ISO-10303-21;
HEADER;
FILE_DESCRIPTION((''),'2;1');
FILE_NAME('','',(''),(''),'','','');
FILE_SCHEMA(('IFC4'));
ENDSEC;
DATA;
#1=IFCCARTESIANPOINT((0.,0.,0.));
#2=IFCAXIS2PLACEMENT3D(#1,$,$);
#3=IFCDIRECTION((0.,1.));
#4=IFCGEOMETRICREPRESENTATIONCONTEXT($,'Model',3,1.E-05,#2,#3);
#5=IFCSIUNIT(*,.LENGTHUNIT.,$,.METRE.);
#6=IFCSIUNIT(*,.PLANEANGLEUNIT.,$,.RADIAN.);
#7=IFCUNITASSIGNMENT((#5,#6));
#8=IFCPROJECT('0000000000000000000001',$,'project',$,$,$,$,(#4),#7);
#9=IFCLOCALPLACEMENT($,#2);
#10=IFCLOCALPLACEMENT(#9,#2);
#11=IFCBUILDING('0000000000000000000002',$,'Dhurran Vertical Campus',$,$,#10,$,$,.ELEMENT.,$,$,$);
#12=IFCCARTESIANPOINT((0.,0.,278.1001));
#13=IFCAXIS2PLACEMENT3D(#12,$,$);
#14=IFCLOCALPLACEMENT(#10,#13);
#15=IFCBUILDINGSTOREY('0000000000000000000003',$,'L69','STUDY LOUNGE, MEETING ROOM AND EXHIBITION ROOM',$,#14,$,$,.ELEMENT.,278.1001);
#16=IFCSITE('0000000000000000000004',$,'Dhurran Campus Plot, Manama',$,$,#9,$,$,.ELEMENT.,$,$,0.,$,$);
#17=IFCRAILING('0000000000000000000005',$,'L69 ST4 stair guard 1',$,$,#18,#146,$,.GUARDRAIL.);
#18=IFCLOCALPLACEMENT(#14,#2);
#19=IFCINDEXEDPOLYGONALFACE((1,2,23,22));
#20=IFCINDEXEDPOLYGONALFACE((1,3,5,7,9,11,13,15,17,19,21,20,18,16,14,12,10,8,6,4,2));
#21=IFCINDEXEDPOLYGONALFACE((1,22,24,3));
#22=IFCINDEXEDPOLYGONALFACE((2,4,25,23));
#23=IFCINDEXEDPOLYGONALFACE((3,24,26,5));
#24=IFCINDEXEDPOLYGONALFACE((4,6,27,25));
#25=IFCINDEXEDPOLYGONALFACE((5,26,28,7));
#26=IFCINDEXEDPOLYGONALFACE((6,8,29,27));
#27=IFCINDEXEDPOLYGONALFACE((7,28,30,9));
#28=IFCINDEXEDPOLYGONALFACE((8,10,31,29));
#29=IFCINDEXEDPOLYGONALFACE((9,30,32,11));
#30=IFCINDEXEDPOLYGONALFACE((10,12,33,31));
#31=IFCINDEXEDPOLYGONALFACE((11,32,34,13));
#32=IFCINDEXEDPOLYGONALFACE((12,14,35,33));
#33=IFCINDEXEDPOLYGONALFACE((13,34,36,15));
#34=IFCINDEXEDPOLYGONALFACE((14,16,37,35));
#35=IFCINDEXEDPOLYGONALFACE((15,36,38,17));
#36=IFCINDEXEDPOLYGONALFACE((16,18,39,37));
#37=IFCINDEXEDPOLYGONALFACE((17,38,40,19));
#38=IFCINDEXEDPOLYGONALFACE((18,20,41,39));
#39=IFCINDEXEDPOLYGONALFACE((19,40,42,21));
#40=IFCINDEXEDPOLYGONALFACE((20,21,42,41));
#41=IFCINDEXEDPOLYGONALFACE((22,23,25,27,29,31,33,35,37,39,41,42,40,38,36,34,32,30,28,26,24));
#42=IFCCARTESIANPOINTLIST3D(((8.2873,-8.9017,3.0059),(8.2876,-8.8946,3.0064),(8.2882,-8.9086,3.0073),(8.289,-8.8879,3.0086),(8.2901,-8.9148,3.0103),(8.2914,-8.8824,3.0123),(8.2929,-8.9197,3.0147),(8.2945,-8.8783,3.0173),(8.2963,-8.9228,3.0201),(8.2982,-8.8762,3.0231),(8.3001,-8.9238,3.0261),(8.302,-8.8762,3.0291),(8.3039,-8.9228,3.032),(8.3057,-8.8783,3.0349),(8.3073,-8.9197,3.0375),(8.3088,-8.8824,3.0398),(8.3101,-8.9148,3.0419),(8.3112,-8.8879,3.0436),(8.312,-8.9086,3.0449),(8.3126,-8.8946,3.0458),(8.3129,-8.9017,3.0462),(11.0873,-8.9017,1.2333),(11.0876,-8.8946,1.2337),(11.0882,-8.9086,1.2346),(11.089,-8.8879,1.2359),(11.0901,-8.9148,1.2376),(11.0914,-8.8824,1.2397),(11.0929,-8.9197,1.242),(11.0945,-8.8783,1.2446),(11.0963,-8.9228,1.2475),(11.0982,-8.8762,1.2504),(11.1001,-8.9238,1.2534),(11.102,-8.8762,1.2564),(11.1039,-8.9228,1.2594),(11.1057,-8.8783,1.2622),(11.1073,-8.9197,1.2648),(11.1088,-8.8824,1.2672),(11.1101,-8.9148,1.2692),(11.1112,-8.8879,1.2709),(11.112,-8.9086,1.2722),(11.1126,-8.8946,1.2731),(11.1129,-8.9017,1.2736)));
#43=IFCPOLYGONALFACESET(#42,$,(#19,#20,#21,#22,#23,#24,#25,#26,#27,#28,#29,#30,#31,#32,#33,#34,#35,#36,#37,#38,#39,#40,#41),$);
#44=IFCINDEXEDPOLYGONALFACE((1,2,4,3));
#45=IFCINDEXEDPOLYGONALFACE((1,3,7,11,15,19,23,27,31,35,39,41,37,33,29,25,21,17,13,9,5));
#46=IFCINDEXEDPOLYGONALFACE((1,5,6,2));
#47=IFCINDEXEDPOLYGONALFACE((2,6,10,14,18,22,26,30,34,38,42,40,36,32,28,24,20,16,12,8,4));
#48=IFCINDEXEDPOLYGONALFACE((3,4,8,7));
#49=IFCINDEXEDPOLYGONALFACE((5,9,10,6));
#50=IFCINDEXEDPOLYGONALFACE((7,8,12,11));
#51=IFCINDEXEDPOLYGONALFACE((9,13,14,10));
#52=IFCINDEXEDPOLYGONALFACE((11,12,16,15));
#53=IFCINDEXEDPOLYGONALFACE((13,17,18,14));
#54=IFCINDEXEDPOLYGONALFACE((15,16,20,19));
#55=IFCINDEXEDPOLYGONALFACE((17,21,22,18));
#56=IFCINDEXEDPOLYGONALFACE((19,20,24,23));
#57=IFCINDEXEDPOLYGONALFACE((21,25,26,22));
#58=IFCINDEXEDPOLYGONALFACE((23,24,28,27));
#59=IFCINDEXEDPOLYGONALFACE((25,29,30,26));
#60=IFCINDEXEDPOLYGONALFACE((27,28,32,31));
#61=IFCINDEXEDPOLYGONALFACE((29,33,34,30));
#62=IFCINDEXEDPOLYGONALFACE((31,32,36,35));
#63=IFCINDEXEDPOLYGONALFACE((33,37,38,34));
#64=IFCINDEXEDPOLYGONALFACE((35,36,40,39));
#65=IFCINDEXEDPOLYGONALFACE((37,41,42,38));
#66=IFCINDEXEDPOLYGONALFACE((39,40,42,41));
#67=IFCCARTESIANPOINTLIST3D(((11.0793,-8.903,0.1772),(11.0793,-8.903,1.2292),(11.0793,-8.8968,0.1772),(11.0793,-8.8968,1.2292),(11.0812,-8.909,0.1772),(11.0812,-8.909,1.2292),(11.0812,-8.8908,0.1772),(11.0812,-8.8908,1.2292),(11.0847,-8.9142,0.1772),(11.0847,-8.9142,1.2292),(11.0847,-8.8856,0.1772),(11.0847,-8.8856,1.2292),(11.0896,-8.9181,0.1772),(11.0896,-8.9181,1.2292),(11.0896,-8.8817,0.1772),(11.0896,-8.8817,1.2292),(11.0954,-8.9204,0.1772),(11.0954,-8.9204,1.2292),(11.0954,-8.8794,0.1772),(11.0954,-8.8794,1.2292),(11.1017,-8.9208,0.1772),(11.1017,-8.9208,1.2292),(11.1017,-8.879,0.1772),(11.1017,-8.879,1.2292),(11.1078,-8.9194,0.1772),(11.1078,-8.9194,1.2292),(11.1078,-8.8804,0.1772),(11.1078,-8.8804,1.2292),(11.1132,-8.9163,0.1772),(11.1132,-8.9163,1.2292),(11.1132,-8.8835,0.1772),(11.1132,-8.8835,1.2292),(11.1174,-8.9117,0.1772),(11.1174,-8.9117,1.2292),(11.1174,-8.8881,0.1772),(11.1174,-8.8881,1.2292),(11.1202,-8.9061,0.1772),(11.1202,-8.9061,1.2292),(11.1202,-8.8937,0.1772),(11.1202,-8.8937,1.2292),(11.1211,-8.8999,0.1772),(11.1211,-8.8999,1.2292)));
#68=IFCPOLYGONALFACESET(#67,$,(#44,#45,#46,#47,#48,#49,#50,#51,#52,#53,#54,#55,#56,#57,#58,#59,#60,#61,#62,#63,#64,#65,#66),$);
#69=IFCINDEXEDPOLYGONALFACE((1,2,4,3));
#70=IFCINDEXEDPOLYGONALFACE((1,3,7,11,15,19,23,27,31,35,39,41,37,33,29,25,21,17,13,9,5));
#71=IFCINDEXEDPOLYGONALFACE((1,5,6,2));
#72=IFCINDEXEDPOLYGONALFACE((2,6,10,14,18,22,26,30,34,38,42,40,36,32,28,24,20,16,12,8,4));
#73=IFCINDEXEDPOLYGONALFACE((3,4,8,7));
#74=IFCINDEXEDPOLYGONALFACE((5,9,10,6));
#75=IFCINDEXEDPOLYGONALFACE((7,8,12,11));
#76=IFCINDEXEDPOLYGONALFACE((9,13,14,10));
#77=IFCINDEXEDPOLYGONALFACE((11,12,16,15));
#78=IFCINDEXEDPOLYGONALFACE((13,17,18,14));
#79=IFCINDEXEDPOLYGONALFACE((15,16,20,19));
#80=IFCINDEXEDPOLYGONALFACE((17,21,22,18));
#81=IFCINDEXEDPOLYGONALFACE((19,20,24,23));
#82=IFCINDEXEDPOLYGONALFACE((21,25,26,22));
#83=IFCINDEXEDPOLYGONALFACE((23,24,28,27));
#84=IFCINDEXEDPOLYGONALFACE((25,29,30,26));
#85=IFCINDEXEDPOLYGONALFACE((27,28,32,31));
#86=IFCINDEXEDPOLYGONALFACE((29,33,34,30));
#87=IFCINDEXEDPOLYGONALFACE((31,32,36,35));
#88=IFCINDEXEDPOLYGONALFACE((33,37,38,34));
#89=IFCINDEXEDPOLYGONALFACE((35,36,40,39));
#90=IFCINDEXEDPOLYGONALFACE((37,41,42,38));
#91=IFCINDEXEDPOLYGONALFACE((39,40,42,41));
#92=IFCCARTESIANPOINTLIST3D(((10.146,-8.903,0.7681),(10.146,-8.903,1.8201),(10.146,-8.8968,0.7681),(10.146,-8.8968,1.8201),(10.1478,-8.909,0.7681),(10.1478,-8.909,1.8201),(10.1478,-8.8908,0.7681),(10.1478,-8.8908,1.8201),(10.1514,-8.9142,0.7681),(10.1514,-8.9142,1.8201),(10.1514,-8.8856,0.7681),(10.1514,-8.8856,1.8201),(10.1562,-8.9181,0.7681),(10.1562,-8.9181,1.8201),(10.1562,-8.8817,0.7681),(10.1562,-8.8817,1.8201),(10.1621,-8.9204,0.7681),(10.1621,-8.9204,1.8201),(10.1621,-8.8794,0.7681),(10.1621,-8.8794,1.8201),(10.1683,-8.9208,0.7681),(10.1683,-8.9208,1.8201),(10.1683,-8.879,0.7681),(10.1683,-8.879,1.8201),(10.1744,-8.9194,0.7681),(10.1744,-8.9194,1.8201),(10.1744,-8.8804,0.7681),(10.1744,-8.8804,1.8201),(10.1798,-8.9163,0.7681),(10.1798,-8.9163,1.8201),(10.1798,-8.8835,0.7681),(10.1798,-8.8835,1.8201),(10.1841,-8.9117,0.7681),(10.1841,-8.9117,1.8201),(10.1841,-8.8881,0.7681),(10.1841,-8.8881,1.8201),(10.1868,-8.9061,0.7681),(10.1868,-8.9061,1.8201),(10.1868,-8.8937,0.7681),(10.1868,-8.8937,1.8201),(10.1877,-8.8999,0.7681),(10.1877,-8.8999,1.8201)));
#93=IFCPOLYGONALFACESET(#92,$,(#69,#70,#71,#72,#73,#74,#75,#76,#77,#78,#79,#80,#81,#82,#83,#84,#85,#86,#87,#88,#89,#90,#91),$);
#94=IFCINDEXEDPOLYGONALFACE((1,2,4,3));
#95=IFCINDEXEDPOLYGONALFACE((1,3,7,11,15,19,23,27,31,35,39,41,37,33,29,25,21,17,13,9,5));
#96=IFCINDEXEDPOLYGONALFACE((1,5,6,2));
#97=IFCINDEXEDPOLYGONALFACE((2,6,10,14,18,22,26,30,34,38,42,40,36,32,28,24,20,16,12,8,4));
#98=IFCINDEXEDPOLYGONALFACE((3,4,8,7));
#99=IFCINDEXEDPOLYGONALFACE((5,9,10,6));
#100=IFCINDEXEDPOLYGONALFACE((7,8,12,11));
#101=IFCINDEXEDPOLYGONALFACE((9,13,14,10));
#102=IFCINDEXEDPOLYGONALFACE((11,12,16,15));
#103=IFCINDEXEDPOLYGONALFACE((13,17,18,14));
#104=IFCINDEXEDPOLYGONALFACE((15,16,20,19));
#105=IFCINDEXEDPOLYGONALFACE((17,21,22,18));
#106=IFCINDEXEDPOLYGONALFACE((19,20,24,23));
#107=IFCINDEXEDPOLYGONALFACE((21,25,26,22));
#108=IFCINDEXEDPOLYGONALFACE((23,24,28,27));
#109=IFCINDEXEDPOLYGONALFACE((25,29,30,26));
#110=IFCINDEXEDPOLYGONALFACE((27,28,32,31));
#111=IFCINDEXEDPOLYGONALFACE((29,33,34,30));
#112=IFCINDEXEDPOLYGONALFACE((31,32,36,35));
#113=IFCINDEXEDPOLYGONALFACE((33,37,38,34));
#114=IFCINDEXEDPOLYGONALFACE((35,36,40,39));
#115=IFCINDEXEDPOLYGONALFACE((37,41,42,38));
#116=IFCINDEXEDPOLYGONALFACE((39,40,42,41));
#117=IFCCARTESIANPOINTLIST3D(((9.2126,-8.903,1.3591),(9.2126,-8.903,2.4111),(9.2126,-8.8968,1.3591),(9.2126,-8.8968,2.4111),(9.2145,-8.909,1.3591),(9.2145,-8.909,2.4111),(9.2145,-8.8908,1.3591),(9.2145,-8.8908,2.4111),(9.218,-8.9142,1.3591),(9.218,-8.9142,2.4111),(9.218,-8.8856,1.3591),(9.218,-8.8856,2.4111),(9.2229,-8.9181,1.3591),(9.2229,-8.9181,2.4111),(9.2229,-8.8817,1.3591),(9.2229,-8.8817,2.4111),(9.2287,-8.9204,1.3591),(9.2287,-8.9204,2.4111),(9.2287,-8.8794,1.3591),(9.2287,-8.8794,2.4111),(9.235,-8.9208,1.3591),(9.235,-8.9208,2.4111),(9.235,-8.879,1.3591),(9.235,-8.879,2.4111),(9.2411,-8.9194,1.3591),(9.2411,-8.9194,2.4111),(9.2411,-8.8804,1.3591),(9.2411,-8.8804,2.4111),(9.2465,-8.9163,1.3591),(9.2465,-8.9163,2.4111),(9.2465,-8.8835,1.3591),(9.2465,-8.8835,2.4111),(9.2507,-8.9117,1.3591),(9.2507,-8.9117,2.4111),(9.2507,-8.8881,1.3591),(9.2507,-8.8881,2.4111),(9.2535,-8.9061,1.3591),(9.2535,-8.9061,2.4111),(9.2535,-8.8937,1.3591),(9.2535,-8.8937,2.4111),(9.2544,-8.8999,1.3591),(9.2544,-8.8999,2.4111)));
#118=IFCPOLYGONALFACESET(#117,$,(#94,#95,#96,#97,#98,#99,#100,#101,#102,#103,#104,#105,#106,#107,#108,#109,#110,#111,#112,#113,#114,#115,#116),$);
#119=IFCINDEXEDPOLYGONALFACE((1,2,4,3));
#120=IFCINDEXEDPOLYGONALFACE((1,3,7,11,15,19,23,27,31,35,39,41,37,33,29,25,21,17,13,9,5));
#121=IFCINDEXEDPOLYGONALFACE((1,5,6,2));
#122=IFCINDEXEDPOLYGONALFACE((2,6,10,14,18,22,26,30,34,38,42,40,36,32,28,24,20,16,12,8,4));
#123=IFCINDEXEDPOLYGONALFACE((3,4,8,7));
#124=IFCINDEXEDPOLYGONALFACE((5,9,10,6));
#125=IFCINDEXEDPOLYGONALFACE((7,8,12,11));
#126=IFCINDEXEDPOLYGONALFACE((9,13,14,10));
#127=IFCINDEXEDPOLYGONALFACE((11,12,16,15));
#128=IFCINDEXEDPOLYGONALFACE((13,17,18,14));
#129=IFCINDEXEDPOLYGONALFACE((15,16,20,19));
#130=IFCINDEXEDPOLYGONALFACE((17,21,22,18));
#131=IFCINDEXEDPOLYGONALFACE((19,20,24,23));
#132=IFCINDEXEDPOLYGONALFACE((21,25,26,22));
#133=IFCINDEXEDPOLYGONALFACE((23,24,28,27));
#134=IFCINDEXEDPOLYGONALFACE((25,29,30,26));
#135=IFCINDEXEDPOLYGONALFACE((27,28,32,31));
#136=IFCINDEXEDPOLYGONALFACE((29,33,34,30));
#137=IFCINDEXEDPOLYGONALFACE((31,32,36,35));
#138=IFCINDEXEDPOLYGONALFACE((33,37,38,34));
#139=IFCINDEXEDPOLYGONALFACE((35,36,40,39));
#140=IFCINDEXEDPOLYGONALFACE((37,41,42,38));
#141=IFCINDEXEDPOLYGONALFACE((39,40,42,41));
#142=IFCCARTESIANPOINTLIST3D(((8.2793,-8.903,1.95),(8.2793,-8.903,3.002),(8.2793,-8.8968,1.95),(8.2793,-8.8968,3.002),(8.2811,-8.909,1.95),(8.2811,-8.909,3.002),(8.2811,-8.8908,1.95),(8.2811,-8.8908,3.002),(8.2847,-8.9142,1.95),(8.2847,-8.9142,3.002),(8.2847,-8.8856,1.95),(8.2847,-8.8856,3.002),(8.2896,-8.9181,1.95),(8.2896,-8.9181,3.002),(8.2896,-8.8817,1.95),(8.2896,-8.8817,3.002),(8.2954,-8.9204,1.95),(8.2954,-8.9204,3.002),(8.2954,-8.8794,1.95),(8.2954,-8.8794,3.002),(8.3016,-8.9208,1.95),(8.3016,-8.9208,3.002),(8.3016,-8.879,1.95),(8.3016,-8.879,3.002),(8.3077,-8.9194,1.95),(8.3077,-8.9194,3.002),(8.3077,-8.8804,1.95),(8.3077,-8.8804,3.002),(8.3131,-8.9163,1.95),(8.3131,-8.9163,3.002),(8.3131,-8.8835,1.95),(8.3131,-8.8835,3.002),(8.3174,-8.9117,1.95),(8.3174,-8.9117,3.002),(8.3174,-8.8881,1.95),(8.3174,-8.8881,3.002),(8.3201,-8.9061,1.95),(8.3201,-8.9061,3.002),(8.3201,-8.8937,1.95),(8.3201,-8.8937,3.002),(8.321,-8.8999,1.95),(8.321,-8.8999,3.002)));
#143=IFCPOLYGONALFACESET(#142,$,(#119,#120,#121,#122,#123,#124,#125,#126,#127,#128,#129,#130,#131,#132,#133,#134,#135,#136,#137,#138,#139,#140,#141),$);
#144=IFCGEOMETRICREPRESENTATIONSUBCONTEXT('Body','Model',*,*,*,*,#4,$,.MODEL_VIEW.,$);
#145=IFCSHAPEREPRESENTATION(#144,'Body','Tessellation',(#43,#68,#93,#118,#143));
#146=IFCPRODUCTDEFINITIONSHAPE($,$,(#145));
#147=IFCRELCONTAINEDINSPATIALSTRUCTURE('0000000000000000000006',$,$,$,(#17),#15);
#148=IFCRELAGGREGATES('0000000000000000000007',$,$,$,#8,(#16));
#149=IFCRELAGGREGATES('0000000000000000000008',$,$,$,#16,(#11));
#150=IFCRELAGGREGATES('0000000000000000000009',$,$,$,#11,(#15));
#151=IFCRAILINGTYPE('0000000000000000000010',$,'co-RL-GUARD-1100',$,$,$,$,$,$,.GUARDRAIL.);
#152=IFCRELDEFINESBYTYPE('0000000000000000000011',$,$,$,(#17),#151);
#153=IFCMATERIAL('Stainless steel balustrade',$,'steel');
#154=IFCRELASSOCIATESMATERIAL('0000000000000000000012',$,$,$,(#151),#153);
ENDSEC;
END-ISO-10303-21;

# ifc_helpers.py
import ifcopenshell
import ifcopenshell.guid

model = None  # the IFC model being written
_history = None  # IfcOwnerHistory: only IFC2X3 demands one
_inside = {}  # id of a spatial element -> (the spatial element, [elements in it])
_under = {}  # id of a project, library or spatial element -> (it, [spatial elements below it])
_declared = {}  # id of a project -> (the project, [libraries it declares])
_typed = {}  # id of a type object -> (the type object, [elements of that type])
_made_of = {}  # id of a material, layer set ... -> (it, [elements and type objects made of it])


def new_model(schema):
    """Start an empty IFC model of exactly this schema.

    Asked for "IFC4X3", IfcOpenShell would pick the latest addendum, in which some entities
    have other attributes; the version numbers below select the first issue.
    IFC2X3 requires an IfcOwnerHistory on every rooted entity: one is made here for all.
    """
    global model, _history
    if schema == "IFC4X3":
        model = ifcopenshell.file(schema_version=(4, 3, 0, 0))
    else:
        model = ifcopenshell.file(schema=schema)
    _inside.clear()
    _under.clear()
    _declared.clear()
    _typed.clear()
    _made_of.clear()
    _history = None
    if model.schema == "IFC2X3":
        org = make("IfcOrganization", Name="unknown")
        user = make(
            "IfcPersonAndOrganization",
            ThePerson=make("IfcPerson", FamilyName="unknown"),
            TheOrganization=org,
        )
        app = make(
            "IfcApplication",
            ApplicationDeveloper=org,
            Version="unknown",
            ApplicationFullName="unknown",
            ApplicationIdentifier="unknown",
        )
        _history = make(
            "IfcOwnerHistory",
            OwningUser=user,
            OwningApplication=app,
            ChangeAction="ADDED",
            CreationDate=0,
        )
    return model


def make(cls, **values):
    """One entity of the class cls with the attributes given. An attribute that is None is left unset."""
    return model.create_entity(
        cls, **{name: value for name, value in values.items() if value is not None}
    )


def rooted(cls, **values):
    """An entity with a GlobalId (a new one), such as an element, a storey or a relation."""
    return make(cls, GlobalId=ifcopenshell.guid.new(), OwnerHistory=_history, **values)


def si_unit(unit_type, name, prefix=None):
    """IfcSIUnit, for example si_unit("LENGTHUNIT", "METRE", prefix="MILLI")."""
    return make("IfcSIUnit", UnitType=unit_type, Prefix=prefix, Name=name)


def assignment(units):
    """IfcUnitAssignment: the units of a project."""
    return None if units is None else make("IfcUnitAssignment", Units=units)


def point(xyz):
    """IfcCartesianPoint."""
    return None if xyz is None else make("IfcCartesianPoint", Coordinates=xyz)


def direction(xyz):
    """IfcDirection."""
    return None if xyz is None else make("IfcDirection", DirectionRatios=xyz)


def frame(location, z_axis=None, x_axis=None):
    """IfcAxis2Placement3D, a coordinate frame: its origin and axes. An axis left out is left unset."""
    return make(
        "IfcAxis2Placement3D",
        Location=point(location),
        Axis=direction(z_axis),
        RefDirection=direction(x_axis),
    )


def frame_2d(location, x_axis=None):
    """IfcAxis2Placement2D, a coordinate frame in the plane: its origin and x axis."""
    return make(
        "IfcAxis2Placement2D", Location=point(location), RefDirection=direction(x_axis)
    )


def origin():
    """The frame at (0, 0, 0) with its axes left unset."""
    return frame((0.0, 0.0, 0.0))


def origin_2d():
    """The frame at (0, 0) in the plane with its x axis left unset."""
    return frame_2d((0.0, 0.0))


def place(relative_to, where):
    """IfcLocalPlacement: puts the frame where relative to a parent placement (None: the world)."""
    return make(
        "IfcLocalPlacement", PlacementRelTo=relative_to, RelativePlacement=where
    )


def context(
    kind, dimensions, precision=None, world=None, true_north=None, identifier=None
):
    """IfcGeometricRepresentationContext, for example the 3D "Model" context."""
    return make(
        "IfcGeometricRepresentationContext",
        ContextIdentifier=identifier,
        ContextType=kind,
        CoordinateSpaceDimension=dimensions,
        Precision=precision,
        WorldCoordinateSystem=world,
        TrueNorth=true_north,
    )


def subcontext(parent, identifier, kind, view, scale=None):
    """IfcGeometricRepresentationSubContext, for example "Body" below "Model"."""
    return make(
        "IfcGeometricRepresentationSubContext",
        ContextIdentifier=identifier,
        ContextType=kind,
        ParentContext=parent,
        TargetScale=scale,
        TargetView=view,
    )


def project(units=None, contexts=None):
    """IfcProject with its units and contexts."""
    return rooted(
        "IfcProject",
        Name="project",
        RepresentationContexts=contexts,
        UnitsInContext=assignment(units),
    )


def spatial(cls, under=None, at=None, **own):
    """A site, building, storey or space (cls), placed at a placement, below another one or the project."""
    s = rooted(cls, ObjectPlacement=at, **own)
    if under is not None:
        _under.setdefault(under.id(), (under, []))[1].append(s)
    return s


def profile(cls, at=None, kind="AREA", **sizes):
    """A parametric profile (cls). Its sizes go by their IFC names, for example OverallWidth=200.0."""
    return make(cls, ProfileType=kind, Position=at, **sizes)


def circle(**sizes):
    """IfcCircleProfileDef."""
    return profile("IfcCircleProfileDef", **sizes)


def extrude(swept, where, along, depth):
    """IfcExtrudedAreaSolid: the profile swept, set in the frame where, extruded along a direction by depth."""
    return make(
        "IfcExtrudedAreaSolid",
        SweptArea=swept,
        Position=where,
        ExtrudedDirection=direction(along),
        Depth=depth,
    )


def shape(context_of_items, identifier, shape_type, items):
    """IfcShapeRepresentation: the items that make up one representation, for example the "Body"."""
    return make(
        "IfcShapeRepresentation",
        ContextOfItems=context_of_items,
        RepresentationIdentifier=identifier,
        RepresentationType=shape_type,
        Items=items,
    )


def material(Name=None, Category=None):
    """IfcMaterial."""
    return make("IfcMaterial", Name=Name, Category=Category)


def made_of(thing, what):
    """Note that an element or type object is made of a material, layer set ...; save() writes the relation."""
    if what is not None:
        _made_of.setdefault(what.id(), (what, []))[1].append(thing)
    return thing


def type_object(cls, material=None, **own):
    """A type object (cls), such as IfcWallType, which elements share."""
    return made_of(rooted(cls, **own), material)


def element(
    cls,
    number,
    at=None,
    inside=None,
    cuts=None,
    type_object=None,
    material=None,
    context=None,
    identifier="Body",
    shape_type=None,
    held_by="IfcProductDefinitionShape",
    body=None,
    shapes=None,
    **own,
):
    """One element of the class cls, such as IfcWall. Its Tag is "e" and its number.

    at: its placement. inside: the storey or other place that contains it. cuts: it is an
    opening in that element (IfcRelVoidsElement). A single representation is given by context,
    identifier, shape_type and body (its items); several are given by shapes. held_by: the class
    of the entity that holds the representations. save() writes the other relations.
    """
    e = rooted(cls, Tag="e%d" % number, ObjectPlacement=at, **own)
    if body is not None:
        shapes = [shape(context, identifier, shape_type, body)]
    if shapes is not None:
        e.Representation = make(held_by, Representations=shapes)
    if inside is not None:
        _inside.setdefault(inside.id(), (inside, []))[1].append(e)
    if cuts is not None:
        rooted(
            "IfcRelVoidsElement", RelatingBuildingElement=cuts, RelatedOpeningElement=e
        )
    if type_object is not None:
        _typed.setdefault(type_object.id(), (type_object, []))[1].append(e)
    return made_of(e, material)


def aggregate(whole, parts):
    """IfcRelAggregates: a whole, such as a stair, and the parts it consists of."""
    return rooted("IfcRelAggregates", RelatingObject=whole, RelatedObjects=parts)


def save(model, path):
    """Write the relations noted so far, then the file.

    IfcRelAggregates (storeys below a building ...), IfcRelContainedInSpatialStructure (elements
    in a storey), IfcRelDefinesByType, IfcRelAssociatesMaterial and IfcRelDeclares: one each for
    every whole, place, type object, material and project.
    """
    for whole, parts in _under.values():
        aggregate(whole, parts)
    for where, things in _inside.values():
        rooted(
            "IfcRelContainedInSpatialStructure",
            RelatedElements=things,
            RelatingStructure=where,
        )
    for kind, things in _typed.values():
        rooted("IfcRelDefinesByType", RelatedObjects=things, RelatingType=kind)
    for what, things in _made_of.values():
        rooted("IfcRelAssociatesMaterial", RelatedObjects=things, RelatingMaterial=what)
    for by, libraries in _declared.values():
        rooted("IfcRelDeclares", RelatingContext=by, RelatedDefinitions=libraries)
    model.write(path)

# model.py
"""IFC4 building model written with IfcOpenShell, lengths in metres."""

from ifc_helpers import new_model, si_unit, direction, frame, origin, origin_2d, place, context, subcontext, project, spatial, circle, extrude, material, type_object, element, save


model = new_model("IFC4")

# Units and contexts
model_context = context("Model", 3, precision=1e-05, world=origin(), true_north=direction((0.0, 1.0)))
body_context = subcontext(model_context, "Body", "Model", "MODEL_VIEW")
ifc_project = project(units=[si_unit("LENGTHUNIT", "METRE"), si_unit("PLANEANGLEUNIT", "RADIAN")], contexts=[model_context])

# Site, building, storey
site_placement = place(None, origin())
site = spatial("IfcSite", under=ifc_project, at=site_placement, Name="Dhurran Campus Plot, Manama", CompositionType="ELEMENT", RefElevation=0.0)
building_placement = place(site_placement, origin())
building = spatial("IfcBuilding", under=site, at=building_placement, Name="Dhurran Vertical Campus", CompositionType="ELEMENT")
storey_placement = place(building_placement, frame((0.0, 0.0, 278.1001)))
storey = spatial("IfcBuildingStorey", under=building, at=storey_placement, Name="L69", Description="STUDY LOUNGE, MEETING ROOM AND EXHIBITION ROOM", CompositionType="ELEMENT", Elevation=278.1001)

# Railing
ifc_material_1 = material(Name="Stainless steel balustrade", Category="steel")
railing_type_1 = type_object("IfcRailingType", Name="co-RL-GUARD-1100", PredefinedType="GUARDRAIL", material=ifc_material_1)
railing_1_placement = place(storey_placement, frame((11.1001, -8.8999, 0.1772)))
element("IfcRailing", 1, at=railing_1_placement, inside=storey, type_object=railing_type_1, Name="L69 ST4 stair guard 1", PredefinedType="GUARDRAIL", context=body_context, shape_type="SweptSolid", body=[
    extrude(circle(Radius=0.0239, at=origin_2d()), frame((0.0, 0.0, 1.0762), z_axis=(-0.844909, 0.0, 0.53491), x_axis=(0.0, -1.0, 0.0)), (0.0, 0.0, 1.0), 3.314),
    extrude(circle(Radius=0.021, at=origin_2d()), origin(), (0.0, 0.0, 1.0), 1.052),
    extrude(circle(Radius=0.021, at=origin_2d()), frame((-0.9333, 0.0, 0.5908)), (0.0, 0.0, 1.0), 1.052),
    extrude(circle(Radius=0.021, at=origin_2d()), frame((-1.8667, 0.0, 1.1819)), (0.0, 0.0, 1.0), 1.052),
    extrude(circle(Radius=0.021, at=origin_2d()), frame((-2.8, 0.0, 1.7727)), (0.0, 0.0, 1.0), 1.052),
])

save(model, "model.ifc")
